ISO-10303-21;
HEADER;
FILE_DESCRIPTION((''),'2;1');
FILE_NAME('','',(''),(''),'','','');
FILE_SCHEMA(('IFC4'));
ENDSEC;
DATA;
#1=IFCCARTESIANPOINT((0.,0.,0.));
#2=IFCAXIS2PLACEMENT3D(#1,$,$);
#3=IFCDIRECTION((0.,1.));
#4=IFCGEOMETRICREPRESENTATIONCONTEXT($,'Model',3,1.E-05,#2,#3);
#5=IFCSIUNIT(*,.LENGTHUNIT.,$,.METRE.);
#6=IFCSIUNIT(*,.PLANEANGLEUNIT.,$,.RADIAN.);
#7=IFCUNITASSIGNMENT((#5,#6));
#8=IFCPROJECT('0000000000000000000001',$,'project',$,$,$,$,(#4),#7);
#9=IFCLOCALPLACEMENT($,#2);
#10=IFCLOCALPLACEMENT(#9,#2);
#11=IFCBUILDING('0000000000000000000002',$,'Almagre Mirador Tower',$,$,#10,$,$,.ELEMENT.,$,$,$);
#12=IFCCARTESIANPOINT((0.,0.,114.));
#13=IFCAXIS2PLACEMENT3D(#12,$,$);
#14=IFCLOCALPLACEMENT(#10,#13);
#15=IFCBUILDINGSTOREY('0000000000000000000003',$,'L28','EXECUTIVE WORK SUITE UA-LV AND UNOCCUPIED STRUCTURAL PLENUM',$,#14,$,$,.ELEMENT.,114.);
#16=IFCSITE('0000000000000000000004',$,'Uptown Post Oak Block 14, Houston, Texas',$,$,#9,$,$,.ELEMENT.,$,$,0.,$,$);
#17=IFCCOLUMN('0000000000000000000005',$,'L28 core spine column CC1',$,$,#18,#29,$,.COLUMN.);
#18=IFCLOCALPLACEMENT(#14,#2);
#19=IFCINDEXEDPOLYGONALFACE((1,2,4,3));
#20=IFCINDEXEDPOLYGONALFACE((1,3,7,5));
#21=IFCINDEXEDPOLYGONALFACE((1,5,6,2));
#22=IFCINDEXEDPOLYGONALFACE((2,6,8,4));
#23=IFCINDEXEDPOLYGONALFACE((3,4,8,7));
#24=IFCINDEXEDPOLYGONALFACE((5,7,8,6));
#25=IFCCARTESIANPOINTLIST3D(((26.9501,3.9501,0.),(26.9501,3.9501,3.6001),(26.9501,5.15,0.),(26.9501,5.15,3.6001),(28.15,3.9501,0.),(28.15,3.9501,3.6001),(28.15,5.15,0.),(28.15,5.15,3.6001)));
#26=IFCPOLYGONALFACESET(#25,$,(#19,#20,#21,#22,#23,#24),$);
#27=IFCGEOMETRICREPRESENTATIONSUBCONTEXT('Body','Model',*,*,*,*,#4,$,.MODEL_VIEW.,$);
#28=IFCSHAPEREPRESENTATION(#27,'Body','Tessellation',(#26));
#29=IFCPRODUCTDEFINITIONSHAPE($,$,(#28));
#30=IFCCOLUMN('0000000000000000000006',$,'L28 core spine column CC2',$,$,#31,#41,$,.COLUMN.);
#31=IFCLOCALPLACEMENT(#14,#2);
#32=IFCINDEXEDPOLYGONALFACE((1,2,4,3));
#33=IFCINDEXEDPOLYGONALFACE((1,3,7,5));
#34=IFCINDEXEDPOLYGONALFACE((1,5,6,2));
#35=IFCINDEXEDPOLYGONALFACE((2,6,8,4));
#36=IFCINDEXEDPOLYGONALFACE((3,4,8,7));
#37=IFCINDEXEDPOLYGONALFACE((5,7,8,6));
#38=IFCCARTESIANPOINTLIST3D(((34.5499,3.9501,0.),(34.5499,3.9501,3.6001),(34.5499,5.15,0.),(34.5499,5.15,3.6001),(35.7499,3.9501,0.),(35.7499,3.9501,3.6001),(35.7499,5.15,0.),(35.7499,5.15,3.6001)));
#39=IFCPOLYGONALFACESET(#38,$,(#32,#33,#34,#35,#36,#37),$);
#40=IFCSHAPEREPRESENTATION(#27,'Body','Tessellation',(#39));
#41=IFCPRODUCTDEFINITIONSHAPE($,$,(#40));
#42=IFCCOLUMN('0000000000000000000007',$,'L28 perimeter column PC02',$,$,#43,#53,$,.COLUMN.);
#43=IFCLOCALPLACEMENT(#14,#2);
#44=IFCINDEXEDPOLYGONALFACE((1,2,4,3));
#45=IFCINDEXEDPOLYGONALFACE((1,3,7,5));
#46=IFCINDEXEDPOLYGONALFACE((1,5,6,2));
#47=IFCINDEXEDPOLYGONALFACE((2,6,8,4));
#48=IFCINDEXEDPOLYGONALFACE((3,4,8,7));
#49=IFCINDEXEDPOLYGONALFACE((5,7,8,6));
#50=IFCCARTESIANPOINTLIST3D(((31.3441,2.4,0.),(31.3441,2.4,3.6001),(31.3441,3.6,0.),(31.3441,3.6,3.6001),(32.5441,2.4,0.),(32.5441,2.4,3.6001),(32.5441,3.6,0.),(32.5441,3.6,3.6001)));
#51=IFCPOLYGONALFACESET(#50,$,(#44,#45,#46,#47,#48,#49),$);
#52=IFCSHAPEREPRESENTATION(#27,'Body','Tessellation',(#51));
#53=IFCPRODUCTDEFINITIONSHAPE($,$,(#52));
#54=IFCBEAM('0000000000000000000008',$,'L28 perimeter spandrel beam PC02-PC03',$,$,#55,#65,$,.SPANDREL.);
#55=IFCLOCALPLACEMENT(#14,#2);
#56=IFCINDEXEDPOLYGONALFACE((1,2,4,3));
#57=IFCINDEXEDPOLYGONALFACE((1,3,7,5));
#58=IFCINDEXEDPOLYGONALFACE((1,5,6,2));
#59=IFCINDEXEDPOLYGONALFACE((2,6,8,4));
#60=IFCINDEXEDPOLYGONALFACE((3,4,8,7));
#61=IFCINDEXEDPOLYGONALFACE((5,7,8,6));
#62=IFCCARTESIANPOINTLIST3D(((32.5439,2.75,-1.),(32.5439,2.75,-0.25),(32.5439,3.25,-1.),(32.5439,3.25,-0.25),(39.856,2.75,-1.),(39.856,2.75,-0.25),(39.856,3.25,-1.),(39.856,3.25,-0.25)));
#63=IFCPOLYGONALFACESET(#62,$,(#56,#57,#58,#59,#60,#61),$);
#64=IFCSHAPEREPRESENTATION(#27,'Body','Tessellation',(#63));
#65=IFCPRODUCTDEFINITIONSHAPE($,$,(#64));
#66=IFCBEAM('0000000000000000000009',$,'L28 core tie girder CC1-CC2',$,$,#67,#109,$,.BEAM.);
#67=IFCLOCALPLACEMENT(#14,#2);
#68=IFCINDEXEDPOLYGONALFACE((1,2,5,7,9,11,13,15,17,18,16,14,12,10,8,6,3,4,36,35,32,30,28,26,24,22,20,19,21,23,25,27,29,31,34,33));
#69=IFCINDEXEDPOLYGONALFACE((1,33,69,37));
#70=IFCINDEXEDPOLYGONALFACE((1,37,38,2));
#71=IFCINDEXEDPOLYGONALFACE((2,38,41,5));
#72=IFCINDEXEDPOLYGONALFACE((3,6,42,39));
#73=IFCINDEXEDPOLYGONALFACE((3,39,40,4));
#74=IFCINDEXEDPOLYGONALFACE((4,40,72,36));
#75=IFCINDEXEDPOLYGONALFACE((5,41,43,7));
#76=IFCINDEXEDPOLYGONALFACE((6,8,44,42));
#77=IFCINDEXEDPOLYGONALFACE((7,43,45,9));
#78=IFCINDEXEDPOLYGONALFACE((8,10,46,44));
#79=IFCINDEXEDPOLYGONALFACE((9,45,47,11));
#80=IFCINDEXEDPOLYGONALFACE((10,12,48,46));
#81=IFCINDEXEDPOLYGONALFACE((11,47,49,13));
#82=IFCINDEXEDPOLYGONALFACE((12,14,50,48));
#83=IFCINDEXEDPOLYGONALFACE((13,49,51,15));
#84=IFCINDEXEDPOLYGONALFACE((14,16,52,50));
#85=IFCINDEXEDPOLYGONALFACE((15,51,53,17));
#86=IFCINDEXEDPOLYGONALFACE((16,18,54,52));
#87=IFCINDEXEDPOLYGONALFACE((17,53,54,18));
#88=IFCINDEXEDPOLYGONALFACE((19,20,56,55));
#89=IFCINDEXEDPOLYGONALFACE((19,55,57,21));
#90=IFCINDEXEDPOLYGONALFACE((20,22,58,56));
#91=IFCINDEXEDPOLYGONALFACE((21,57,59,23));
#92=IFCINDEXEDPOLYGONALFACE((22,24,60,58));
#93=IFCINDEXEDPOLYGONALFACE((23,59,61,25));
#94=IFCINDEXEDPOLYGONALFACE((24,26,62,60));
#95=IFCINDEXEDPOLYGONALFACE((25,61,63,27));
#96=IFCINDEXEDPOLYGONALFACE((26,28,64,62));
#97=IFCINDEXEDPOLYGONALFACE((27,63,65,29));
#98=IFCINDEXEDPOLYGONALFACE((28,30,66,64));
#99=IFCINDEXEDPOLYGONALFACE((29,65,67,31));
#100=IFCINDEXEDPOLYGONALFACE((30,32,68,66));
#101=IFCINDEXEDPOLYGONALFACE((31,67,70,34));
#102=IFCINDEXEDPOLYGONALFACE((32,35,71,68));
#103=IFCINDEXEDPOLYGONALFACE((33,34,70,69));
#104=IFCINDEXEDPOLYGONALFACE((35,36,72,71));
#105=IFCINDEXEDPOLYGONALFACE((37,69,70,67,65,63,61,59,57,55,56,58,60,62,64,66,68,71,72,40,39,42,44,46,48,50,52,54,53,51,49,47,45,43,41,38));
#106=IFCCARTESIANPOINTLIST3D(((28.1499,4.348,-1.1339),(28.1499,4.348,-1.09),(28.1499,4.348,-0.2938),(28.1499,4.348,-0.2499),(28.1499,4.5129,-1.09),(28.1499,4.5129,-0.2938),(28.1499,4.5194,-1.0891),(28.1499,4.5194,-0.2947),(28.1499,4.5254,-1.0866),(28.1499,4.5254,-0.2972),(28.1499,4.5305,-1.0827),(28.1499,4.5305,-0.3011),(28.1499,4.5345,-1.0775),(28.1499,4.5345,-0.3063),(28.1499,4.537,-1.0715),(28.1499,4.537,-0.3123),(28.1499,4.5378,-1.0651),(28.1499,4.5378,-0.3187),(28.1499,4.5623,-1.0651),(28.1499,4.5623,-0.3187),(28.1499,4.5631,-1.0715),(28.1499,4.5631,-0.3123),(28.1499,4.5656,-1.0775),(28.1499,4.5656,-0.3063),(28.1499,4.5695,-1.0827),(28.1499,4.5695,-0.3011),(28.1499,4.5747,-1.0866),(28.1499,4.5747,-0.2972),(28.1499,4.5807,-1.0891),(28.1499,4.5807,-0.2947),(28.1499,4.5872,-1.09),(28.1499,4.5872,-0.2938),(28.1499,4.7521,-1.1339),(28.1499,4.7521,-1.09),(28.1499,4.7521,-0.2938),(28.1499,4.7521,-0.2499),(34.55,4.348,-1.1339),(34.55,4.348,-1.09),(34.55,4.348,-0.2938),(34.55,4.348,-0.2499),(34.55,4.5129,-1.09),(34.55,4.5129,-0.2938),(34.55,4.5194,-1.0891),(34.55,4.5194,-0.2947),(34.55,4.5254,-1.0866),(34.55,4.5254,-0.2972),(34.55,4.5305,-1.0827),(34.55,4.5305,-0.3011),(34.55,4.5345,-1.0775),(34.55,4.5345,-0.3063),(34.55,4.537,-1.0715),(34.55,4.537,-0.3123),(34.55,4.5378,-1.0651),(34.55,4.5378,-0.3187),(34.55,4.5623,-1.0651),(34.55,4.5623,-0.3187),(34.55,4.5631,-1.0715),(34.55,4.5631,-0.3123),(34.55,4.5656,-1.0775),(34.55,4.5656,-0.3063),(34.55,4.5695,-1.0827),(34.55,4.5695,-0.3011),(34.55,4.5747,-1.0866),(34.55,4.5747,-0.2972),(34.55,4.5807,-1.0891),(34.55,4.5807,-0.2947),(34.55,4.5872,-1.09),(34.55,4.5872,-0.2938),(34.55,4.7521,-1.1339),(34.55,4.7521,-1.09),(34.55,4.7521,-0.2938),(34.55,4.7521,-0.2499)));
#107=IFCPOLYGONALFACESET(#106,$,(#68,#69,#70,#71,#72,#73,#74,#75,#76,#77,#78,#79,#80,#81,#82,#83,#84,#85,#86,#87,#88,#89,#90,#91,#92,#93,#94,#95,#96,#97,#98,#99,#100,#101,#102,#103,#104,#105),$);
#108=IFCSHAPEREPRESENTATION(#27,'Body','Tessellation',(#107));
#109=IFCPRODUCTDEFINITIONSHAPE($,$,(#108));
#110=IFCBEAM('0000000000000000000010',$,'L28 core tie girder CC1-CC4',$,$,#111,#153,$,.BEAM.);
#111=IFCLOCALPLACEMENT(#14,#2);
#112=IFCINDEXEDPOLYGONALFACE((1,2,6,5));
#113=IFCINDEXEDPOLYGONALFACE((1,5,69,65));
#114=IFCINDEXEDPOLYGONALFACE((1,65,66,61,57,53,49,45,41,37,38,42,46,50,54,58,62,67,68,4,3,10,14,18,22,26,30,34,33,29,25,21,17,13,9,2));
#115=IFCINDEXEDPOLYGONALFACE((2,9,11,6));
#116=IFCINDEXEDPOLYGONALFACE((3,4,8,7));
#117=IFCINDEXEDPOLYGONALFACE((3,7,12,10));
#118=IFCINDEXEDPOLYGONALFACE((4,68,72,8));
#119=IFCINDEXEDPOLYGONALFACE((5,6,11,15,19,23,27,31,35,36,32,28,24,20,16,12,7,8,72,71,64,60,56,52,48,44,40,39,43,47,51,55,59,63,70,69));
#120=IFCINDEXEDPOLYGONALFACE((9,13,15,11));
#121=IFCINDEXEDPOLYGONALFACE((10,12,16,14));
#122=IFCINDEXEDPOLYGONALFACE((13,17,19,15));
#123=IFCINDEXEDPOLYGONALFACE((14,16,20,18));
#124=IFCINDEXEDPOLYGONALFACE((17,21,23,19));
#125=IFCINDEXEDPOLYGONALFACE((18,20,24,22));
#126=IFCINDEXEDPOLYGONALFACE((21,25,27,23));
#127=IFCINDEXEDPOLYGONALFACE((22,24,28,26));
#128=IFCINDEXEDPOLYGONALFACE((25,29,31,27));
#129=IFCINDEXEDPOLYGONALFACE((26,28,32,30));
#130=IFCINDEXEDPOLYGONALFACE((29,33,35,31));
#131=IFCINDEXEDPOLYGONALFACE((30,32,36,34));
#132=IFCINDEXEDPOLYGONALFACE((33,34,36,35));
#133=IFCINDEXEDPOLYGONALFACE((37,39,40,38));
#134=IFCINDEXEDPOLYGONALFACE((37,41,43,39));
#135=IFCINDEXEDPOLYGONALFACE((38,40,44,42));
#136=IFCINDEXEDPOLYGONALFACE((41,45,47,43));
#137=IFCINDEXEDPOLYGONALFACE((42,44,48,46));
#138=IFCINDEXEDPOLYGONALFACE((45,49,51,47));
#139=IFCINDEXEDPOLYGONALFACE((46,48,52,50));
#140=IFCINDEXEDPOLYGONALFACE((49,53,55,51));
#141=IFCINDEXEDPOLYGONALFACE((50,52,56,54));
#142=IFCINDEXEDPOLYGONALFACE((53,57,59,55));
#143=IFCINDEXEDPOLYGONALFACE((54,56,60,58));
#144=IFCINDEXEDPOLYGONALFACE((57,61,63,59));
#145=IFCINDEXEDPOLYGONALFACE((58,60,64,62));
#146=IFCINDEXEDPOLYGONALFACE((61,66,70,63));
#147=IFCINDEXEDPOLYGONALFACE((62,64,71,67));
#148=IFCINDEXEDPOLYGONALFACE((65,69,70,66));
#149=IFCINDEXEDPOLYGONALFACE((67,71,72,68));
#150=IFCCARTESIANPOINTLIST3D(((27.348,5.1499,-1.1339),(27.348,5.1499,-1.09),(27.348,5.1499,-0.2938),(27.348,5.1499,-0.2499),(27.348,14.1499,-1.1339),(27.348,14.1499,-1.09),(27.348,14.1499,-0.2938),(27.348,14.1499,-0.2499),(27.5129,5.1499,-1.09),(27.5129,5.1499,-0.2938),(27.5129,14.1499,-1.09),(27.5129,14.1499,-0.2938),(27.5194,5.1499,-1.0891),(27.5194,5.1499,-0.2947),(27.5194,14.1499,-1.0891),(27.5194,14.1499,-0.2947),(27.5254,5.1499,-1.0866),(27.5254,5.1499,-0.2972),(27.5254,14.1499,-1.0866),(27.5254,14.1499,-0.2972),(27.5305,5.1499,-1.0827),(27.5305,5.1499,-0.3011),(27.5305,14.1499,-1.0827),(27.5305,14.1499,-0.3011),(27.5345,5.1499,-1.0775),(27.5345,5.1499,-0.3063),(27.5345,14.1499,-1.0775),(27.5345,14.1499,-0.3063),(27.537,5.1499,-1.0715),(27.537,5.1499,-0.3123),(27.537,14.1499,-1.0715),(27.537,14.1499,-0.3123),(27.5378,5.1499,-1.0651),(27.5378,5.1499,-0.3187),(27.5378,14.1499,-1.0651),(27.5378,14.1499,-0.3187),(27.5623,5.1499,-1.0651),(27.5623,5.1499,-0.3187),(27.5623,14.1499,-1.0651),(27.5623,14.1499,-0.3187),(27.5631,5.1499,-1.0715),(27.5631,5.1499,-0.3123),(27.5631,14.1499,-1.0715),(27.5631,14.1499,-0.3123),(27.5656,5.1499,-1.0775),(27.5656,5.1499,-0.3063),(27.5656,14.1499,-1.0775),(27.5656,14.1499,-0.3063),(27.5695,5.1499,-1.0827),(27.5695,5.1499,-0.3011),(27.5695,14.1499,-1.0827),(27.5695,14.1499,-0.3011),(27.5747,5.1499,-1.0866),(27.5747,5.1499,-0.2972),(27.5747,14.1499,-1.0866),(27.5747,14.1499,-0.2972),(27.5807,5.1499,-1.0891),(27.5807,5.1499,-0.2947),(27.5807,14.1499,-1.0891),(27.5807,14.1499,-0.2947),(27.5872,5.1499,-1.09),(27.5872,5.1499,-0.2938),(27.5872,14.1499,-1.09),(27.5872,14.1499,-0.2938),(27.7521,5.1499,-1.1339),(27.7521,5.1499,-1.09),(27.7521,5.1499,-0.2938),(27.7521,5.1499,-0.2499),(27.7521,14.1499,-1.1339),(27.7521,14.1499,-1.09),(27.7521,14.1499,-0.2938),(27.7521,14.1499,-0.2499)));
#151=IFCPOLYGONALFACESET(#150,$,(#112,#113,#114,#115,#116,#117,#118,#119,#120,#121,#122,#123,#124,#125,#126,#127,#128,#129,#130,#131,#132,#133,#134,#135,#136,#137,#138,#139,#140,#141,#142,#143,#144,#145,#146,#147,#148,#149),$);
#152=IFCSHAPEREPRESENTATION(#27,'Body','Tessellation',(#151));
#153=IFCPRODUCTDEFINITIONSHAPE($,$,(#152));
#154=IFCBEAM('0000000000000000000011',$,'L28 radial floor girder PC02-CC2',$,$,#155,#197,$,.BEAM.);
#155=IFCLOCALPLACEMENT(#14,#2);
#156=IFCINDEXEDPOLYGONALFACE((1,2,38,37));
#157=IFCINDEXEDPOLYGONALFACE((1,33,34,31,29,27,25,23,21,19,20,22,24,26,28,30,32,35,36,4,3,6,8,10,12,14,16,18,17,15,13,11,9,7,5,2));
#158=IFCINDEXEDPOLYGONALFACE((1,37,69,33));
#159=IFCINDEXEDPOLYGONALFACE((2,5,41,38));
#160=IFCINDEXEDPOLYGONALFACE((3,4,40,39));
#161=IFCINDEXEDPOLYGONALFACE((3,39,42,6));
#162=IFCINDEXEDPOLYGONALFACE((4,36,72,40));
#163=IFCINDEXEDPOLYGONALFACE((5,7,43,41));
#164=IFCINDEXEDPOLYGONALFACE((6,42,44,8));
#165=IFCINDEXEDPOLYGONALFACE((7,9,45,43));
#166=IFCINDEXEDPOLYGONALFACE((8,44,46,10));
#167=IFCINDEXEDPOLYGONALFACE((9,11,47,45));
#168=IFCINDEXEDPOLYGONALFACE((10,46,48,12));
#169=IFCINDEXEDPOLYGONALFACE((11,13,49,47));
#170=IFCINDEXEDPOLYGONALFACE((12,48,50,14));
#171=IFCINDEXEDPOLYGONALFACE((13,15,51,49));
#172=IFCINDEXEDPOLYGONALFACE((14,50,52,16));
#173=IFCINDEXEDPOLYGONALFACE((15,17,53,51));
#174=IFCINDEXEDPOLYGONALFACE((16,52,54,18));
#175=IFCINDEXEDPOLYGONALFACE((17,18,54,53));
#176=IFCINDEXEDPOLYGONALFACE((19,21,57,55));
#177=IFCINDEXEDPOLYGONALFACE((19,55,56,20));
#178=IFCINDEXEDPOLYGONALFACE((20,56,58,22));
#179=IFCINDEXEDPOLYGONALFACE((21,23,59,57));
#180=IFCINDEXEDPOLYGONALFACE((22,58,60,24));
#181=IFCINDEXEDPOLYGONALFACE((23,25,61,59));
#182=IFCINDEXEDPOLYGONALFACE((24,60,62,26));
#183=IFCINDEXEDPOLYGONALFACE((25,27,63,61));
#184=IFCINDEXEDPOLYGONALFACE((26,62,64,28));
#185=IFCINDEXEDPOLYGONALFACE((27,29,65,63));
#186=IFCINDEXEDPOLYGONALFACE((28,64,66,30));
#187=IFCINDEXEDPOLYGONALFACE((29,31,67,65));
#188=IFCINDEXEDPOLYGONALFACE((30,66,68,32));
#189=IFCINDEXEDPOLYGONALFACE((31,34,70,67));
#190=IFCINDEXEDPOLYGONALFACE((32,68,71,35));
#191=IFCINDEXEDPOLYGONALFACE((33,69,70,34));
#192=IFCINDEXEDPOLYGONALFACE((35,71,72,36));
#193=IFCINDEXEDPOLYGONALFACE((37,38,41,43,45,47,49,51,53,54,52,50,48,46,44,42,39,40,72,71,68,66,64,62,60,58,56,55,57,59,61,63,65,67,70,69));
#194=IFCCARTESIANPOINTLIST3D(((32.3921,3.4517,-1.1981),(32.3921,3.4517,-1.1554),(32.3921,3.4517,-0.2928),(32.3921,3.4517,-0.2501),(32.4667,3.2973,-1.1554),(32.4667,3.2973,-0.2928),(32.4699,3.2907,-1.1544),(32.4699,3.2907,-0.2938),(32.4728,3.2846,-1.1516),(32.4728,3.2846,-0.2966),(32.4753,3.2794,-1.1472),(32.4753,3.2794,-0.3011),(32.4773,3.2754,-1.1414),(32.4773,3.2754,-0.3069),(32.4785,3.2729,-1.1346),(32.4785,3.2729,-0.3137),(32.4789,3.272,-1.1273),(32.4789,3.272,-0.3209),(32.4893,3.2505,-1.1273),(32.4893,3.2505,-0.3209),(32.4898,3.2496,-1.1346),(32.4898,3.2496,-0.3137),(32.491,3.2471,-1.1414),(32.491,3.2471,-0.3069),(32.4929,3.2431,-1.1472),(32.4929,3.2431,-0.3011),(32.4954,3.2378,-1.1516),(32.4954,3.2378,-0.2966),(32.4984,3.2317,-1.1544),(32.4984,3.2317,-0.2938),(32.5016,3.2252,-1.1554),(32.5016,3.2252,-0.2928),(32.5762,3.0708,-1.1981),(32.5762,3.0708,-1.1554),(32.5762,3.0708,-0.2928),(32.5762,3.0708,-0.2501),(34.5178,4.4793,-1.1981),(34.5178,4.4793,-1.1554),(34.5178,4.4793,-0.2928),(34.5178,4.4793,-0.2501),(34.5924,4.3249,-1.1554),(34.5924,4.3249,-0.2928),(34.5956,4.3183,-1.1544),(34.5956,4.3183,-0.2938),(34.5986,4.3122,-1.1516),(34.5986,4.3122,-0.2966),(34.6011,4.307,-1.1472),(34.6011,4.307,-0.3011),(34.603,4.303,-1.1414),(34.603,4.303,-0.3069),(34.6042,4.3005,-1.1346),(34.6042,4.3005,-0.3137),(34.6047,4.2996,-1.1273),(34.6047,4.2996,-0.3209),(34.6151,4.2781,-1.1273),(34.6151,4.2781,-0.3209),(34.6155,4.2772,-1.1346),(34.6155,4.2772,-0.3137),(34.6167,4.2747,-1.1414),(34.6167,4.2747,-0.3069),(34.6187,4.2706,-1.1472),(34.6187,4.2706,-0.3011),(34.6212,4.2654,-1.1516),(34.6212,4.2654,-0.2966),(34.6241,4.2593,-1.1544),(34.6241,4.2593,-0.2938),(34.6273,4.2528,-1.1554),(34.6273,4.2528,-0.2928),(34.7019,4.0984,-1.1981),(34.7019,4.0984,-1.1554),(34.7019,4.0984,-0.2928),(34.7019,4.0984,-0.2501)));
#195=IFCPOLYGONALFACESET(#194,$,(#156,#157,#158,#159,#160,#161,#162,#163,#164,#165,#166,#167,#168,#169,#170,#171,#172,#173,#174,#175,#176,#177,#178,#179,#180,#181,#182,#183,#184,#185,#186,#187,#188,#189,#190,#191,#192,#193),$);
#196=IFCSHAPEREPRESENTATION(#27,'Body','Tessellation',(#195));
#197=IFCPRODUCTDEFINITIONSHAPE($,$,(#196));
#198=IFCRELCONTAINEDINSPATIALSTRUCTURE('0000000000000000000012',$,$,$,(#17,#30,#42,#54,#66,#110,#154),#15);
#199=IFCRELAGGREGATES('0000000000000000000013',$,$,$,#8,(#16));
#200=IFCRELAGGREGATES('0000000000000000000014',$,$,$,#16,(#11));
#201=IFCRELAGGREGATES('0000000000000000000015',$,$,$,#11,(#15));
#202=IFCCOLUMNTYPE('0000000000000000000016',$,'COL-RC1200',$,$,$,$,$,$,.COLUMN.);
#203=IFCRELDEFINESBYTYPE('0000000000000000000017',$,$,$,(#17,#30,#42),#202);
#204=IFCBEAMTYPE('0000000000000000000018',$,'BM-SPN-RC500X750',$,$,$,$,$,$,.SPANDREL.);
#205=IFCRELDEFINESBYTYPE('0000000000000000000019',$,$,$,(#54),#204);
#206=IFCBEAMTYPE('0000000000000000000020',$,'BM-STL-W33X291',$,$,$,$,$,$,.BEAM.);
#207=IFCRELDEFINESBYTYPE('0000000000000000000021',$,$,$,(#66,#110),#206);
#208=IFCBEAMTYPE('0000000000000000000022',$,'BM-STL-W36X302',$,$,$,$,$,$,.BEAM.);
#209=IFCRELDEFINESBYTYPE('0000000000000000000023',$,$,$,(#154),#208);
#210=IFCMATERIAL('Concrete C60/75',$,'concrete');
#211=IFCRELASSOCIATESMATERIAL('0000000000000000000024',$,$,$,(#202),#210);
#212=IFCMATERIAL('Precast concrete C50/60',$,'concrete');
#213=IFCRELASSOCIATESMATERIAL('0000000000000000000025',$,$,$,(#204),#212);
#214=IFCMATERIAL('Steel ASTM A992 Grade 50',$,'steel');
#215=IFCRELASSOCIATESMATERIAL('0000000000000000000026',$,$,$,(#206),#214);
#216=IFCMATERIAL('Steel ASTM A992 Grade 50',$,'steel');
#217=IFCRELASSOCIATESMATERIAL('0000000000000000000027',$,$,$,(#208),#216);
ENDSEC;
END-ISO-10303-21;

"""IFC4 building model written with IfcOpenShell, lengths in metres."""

from ifc_helpers import new_model, si_unit, direction, frame, origin, origin_2d, place, context, subcontext, project, spatial, rectangle, i_section, extrude, material, material_profile, profile_set, type_object, element, save


model = new_model("IFC4")

# Units and contexts
model_context = context("Model", 3, precision=1e-05, world=origin(), true_north=direction((0.0, 1.0)))
body_context = subcontext(model_context, "Body", "Model", "MODEL_VIEW")
ifc_project = project(units=[si_unit("LENGTHUNIT", "METRE"), si_unit("PLANEANGLEUNIT", "RADIAN")], contexts=[model_context])

# Site, building, storey
site_placement = place(None, origin())
site = spatial("IfcSite", under=ifc_project, at=site_placement, Name="Uptown Post Oak Block 14, Houston, Texas", CompositionType="ELEMENT", RefElevation=0.0)
building_placement = place(site_placement, origin())
building = spatial("IfcBuilding", under=site, at=building_placement, Name="Almagre Mirador Tower", CompositionType="ELEMENT")
storey_placement = place(building_placement, frame((0.0, 0.0, 114.0)))
storey = spatial("IfcBuildingStorey", under=building, at=storey_placement, Name="L28", Description="EXECUTIVE WORK SUITE UA-LV AND UNOCCUPIED STRUCTURAL PLENUM", CompositionType="ELEMENT", Elevation=114.0)

# Columns
ifc_material_1 = material(Name="Concrete C60/75", Category="concrete")
ifc_material_profile_1 = material_profile(ifc_material_1, rectangle(XDim=1.2, YDim=1.2, at=origin_2d()), Name="RC1200X1200")
ifc_profile_set_1 = profile_set([ifc_material_profile_1], Name="Concrete C60/75")
column_type = type_object("IfcColumnType", Name="COL-RC1200", PredefinedType="COLUMN", material=ifc_profile_set_1)
for number, where, z_axis, x_axis, name in (
    (1, (27.55, 4.55, 0.0), (0.0, 0.0, 1.0), (1.0, 0.0, 0.0), "L28 core spine column CC1"),
    (2, (35.1499, 4.55, 0.0), (0.0, 0.0, 1.0), (1.0, 0.0, 0.0), "L28 core spine column CC2"),
    (3, (31.9441, 3.0, 0.0), (0.0, 0.0, 1.0), (1.0, 0.0, 0.0), "L28 perimeter column PC02"),
):
    element("IfcColumn", number, at=place(storey_placement, frame(where, z_axis=z_axis, x_axis=x_axis)), inside=storey, type_object=column_type, Name=name, PredefinedType="COLUMN", context=body_context, shape_type="SweptSolid", body=[
        extrude(rectangle(XDim=1.2, YDim=1.2, at=origin_2d()), origin(), (0.0, 0.0, 1.0), 3.6001),
    ])

# Beams
ifc_material_2 = material(Name="Precast concrete C50/60", Category="concrete")
ifc_material_profile_2 = material_profile(ifc_material_2, rectangle(XDim=0.5, YDim=0.75, at=origin_2d()), Name="RC500X750")
ifc_profile_set_2 = profile_set([ifc_material_profile_2], Name="Precast concrete C50/60")
beam_type_1 = type_object("IfcBeamType", Name="BM-SPN-RC500X750", PredefinedType="SPANDREL", material=ifc_profile_set_2)
beam_1_placement = place(storey_placement, frame((32.5439, 3.0, -0.625), z_axis=(1.0, 0.0, 0.0), x_axis=(0.0, 1.0, 0.0)))
element("IfcBeam", 4, at=beam_1_placement, inside=storey, type_object=beam_type_1, Name="L28 perimeter spandrel beam PC02-PC03", PredefinedType="SPANDREL", context=body_context, shape_type="SweptSolid", body=[
    extrude(rectangle(XDim=0.5, YDim=0.75, at=origin_2d()), origin(), (0.0, 0.0, 1.0), 7.312),
])
ifc_material_3 = material(Name="Steel ASTM A992 Grade 50", Category="steel")
ifc_material_profile_3 = material_profile(ifc_material_3, i_section(OverallWidth=0.4041, OverallDepth=0.884, WebThickness=0.0244, FlangeThickness=0.0439, FilletRadius=0.0249, at=origin_2d()), Name="W33X291")
ifc_profile_set_3 = profile_set([ifc_material_profile_3], Name="Steel ASTM A992 Grade 50")
beam_type_2 = type_object("IfcBeamType", Name="BM-STL-W33X291", PredefinedType="BEAM", material=ifc_profile_set_3)
beam_2_placement = place(storey_placement, frame((28.1499, 4.55, -0.6919), z_axis=(1.0, 0.0, 0.0), x_axis=(0.0, 1.0, 0.0)))
element("IfcBeam", 5, at=beam_2_placement, inside=storey, type_object=beam_type_2, Name="L28 core tie girder CC1-CC2", PredefinedType="BEAM", context=body_context, shape_type="SweptSolid", body=[
    extrude(i_section(OverallWidth=0.4041, OverallDepth=0.884, WebThickness=0.0244, FlangeThickness=0.0439, FilletRadius=0.0249, at=origin_2d()), origin(), (0.0, 0.0, 1.0), 6.4001),
])
beam_3_placement = place(storey_placement, frame((27.55, 5.1499, -0.6919), z_axis=(0.0, 1.0, 0.0), x_axis=(-1.0, 0.0, 0.0)))
element("IfcBeam", 6, at=beam_3_placement, inside=storey, type_object=beam_type_2, Name="L28 core tie girder CC1-CC4", PredefinedType="BEAM", context=body_context, shape_type="SweptSolid", body=[
    extrude(i_section(OverallWidth=0.4041, OverallDepth=0.884, WebThickness=0.0244, FlangeThickness=0.0439, FilletRadius=0.0249, at=origin_2d()), origin(), (0.0, 0.0, 1.0), 9.0),
])
ifc_material_4 = material(Name="Steel ASTM A992 Grade 50", Category="steel")
ifc_material_profile_4 = material_profile(ifc_material_4, i_section(OverallWidth=0.4231, OverallDepth=0.948, WebThickness=0.0239, FlangeThickness=0.0427, FilletRadius=0.0281, at=origin_2d()), Name="W36X302")
ifc_profile_set_4 = profile_set([ifc_material_profile_4], Name="Steel ASTM A992 Grade 50")
beam_type_3 = type_object("IfcBeamType", Name="BM-STL-W36X302", PredefinedType="BEAM", material=ifc_profile_set_4)
beam_4_placement = place(storey_placement, frame((32.4841, 3.2612, -0.7241), z_axis=(0.900324, 0.43522, 0.0), x_axis=(-0.43522, 0.900324, 0.0)))
element("IfcBeam", 7, at=beam_4_placement, inside=storey, type_object=beam_type_3, Name="L28 radial floor girder PC02-CC2", PredefinedType="BEAM", context=body_context, shape_type="SweptSolid", body=[
    extrude(i_section(OverallWidth=0.4231, OverallDepth=0.948, WebThickness=0.0239, FlangeThickness=0.0427, FilletRadius=0.0281, at=origin_2d()), origin(), (0.0, 0.0, 1.0), 2.3611),
])

save(model, "model.ifc")
